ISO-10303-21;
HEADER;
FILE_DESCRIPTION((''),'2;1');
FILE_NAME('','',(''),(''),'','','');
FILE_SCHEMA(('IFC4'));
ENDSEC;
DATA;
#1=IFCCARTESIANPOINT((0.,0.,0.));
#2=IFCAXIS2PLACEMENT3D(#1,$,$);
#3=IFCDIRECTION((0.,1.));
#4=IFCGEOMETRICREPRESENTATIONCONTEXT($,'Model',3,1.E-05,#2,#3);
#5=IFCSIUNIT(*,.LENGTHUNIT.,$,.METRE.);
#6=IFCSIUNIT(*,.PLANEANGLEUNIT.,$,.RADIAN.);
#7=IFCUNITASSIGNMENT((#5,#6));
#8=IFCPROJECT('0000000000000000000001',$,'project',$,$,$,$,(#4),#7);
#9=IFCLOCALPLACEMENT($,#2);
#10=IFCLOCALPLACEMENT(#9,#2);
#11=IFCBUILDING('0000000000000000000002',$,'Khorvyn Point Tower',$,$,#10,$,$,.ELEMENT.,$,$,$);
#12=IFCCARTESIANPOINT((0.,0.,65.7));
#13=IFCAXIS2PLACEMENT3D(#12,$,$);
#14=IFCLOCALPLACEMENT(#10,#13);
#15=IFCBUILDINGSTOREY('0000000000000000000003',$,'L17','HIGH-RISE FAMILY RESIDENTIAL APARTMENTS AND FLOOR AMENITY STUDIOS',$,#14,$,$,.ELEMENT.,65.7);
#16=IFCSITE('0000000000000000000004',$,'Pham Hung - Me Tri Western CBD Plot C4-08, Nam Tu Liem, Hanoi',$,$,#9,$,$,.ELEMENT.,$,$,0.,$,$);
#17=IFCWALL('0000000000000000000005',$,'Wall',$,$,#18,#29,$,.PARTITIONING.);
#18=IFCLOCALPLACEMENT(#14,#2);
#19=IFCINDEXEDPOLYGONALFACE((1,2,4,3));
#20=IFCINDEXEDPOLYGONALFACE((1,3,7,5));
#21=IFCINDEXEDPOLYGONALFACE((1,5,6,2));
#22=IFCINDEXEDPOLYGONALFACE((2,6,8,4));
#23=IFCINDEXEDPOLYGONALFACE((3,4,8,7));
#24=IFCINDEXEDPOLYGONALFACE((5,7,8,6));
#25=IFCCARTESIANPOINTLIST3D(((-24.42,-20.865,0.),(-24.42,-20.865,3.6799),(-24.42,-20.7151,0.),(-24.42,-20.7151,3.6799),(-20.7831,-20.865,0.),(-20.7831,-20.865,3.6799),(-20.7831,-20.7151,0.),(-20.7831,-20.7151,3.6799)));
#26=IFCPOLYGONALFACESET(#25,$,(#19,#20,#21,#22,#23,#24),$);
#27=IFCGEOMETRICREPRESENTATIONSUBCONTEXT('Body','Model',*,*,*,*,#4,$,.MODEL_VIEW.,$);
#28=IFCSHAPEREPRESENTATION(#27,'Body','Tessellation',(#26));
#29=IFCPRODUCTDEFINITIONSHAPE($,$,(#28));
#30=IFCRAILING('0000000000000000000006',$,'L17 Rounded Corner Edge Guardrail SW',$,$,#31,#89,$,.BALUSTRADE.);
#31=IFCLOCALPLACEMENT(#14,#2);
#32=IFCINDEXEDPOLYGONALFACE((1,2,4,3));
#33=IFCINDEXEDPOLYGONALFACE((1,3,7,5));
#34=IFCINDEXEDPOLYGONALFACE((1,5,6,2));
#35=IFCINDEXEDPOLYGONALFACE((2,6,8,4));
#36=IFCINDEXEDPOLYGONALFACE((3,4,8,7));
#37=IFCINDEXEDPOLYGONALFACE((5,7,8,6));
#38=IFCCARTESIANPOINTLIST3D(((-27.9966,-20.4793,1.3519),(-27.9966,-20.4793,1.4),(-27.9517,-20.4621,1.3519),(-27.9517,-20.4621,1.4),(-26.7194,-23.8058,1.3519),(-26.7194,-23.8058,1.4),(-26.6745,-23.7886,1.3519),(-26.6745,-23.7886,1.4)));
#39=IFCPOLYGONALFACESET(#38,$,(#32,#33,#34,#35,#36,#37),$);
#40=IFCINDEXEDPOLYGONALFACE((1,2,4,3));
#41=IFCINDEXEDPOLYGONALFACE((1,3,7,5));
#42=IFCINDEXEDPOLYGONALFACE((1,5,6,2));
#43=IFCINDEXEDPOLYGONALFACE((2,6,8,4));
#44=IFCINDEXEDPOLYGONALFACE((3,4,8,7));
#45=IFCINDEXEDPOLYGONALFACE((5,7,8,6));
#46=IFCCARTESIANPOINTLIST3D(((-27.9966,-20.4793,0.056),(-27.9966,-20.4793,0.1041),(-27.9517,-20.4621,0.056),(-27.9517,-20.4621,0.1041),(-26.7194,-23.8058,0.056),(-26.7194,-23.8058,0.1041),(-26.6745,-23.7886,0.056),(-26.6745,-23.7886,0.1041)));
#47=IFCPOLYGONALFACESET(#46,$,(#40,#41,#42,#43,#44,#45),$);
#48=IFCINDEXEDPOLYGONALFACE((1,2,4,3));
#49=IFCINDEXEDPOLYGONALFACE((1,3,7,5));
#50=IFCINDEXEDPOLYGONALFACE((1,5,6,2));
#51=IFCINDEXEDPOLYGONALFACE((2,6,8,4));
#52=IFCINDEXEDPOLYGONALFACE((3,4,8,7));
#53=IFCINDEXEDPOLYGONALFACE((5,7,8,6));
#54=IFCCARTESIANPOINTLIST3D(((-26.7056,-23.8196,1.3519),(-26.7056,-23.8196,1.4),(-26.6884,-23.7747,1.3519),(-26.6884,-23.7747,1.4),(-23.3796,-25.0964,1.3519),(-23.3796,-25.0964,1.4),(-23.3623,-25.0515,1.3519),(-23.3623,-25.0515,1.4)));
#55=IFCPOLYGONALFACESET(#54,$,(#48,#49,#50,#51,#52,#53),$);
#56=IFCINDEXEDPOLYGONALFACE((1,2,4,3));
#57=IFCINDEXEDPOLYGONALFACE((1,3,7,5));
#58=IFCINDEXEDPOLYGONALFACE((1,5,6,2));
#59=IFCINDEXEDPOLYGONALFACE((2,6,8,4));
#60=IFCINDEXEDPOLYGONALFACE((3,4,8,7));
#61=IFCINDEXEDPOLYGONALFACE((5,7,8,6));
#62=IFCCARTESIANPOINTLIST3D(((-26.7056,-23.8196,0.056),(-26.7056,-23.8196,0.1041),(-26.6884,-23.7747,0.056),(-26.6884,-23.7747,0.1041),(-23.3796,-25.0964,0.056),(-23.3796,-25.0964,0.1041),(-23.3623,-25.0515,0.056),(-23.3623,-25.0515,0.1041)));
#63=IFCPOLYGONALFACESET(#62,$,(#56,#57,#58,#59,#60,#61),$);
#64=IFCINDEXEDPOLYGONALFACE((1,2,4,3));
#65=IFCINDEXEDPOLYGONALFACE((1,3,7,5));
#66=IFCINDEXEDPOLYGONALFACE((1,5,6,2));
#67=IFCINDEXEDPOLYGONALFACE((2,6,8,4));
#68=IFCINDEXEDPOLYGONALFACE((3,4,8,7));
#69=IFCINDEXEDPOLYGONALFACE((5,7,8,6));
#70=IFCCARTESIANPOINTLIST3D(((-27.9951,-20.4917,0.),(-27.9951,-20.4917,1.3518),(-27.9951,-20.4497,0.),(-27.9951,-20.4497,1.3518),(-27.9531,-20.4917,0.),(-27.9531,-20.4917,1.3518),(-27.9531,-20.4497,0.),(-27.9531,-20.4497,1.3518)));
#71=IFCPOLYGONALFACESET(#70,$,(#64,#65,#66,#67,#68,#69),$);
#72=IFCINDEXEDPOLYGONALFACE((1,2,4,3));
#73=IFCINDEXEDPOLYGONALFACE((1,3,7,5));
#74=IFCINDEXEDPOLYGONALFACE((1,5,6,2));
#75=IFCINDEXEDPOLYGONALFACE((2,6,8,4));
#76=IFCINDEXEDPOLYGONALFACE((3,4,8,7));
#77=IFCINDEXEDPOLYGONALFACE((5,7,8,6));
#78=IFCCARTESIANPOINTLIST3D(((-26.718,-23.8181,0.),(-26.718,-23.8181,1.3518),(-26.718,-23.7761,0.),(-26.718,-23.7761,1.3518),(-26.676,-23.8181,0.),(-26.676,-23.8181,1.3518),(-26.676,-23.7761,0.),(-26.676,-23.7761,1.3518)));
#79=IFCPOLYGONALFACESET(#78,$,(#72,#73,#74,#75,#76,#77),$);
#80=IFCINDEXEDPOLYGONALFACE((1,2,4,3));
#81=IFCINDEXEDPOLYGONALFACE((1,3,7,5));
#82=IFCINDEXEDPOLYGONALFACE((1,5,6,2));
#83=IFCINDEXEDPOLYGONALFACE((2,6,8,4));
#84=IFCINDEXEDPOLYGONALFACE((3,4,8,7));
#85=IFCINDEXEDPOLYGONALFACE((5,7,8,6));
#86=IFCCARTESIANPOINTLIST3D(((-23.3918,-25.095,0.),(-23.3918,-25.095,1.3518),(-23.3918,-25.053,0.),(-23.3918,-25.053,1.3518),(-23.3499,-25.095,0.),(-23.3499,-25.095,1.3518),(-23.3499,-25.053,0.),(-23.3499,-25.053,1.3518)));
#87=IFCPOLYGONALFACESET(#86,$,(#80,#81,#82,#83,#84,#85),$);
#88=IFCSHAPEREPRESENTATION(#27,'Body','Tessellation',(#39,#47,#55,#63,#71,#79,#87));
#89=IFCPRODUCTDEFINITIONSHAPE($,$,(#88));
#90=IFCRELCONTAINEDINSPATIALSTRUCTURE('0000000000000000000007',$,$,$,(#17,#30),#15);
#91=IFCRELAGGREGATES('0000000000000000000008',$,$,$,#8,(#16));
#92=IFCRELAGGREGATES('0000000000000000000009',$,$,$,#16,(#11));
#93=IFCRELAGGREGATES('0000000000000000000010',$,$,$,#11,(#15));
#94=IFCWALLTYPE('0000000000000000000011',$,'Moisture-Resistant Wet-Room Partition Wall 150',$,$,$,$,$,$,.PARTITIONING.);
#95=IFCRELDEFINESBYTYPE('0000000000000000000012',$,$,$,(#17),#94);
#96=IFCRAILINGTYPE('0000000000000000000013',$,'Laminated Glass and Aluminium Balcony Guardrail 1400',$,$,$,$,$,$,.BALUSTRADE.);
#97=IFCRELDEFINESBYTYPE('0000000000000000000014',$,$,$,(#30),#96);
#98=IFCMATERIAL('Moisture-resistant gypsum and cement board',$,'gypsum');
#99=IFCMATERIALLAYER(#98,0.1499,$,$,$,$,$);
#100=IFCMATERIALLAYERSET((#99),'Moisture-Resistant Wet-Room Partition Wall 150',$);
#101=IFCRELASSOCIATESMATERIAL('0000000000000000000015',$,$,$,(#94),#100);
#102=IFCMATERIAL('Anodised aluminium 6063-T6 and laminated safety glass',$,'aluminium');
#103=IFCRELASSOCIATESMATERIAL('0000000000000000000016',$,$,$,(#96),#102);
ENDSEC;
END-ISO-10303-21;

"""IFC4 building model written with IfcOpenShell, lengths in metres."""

from ifc_helpers import new_model, si_unit, direction, frame, frame_2d, origin, origin_2d, place, context, subcontext, project, spatial, rectangle, extrude, material, layer, layer_set, type_object, element, save


model = new_model("IFC4")

# Units and contexts
model_context = context("Model", 3, precision=1e-05, world=origin(), true_north=direction((0.0, 1.0)))
body_context = subcontext(model_context, "Body", "Model", "MODEL_VIEW")
ifc_project = project(units=[si_unit("LENGTHUNIT", "METRE"), si_unit("PLANEANGLEUNIT", "RADIAN")], contexts=[model_context])

# Site, building, storey
site_placement = place(None, origin())
site = spatial("IfcSite", under=ifc_project, at=site_placement, Name="Pham Hung - Me Tri Western CBD Plot C4-08, Nam Tu Liem, Hanoi", CompositionType="ELEMENT", RefElevation=0.0)
building_placement = place(site_placement, origin())
building = spatial("IfcBuilding", under=site, at=building_placement, Name="Khorvyn Point Tower", CompositionType="ELEMENT")
storey_placement = place(building_placement, frame((0.0, 0.0, 65.7)))
storey = spatial("IfcBuildingStorey", under=building, at=storey_placement, Name="L17", Description="HIGH-RISE FAMILY RESIDENTIAL APARTMENTS AND FLOOR AMENITY STUDIOS", CompositionType="ELEMENT", Elevation=65.7)

# Shared definitions
ifc_material_1 = material(Name="Moisture-resistant gypsum and cement board", Category="gypsum")
ifc_layer_1 = layer(ifc_material_1, 0.1499)
ifc_layer_set_1 = layer_set([ifc_layer_1], Name="Moisture-Resistant Wet-Room Partition Wall 150")
wall_type_1 = type_object("IfcWallType", Name="Moisture-Resistant Wet-Room Partition Wall 150", PredefinedType="PARTITIONING", material=ifc_layer_set_1)

# Wall
wall_1_placement = place(storey_placement, frame((-24.4199, -20.79, 0.0), z_axis=(0.0, 0.0, 1.0), x_axis=(1.0, 0.0, 0.0)))
element("IfcWall", 1, at=wall_1_placement, inside=storey, type_object=wall_type_1, Name="Wall", PredefinedType="PARTITIONING", context=body_context, shape_type="SweptSolid", body=[
    extrude(rectangle(XDim=3.637, YDim=0.1499, at=frame_2d((1.8184, 0.0))), origin(), (0.0, 0.0, 1.0), 3.6799),
])

# Railing
ifc_material_2 = material(Name="Anodised aluminium 6063-T6 and laminated safety glass", Category="aluminium")
railing_type = type_object("IfcRailingType", Name="Laminated Glass and Aluminium Balcony Guardrail 1400", PredefinedType="BALUSTRADE", material=ifc_material_2)
railing_placement = place(storey_placement, frame((-27.9741, -20.4707, 0.0)))
element("IfcRailing", 2, at=railing_placement, inside=storey, type_object=railing_type, Name="L17 Rounded Corner Edge Guardrail SW", PredefinedType="BALUSTRADE", context=body_context, shape_type="SweptSolid", body=[
    extrude(rectangle(XDim=0.0481, YDim=0.0481, at=origin_2d()), frame((0.0, 0.0, 1.376), z_axis=(0.358419, -0.933561, 0.0), x_axis=(0.933561, 0.358419, 0.0)), (0.0, 0.0, 1.0), 3.5632),
    extrude(rectangle(XDim=0.0481, YDim=0.0481, at=origin_2d()), frame((0.0, 0.0, 0.0801), z_axis=(0.358419, -0.933561, 0.0), x_axis=(0.933561, 0.358419, 0.0)), (0.0, 0.0, 1.0), 3.5632),
    extrude(rectangle(XDim=0.0481, YDim=0.0481, at=origin_2d()), frame((1.2771, -3.3264, 1.376), z_axis=(0.933575, -0.358382, 0.0), x_axis=(0.358382, 0.933575, 0.0)), (0.0, 0.0, 1.0), 3.5627),
    extrude(rectangle(XDim=0.0481, YDim=0.0481, at=origin_2d()), frame((1.2771, -3.3264, 0.0801), z_axis=(0.933575, -0.358382, 0.0), x_axis=(0.358382, 0.933575, 0.0)), (0.0, 0.0, 1.0), 3.5627),
    extrude(rectangle(XDim=0.042, YDim=0.042, at=origin_2d()), origin(), (0.0, 0.0, 1.0), 1.3518),
    extrude(rectangle(XDim=0.042, YDim=0.042, at=origin_2d()), frame((1.2771, -3.3264, 0.0)), (0.0, 0.0, 1.0), 1.3518),
    extrude(rectangle(XDim=0.042, YDim=0.042, at=origin_2d()), frame((4.6033, -4.6033, 0.0)), (0.0, 0.0, 1.0), 1.3518),
])

save(model, "model.ifc")
